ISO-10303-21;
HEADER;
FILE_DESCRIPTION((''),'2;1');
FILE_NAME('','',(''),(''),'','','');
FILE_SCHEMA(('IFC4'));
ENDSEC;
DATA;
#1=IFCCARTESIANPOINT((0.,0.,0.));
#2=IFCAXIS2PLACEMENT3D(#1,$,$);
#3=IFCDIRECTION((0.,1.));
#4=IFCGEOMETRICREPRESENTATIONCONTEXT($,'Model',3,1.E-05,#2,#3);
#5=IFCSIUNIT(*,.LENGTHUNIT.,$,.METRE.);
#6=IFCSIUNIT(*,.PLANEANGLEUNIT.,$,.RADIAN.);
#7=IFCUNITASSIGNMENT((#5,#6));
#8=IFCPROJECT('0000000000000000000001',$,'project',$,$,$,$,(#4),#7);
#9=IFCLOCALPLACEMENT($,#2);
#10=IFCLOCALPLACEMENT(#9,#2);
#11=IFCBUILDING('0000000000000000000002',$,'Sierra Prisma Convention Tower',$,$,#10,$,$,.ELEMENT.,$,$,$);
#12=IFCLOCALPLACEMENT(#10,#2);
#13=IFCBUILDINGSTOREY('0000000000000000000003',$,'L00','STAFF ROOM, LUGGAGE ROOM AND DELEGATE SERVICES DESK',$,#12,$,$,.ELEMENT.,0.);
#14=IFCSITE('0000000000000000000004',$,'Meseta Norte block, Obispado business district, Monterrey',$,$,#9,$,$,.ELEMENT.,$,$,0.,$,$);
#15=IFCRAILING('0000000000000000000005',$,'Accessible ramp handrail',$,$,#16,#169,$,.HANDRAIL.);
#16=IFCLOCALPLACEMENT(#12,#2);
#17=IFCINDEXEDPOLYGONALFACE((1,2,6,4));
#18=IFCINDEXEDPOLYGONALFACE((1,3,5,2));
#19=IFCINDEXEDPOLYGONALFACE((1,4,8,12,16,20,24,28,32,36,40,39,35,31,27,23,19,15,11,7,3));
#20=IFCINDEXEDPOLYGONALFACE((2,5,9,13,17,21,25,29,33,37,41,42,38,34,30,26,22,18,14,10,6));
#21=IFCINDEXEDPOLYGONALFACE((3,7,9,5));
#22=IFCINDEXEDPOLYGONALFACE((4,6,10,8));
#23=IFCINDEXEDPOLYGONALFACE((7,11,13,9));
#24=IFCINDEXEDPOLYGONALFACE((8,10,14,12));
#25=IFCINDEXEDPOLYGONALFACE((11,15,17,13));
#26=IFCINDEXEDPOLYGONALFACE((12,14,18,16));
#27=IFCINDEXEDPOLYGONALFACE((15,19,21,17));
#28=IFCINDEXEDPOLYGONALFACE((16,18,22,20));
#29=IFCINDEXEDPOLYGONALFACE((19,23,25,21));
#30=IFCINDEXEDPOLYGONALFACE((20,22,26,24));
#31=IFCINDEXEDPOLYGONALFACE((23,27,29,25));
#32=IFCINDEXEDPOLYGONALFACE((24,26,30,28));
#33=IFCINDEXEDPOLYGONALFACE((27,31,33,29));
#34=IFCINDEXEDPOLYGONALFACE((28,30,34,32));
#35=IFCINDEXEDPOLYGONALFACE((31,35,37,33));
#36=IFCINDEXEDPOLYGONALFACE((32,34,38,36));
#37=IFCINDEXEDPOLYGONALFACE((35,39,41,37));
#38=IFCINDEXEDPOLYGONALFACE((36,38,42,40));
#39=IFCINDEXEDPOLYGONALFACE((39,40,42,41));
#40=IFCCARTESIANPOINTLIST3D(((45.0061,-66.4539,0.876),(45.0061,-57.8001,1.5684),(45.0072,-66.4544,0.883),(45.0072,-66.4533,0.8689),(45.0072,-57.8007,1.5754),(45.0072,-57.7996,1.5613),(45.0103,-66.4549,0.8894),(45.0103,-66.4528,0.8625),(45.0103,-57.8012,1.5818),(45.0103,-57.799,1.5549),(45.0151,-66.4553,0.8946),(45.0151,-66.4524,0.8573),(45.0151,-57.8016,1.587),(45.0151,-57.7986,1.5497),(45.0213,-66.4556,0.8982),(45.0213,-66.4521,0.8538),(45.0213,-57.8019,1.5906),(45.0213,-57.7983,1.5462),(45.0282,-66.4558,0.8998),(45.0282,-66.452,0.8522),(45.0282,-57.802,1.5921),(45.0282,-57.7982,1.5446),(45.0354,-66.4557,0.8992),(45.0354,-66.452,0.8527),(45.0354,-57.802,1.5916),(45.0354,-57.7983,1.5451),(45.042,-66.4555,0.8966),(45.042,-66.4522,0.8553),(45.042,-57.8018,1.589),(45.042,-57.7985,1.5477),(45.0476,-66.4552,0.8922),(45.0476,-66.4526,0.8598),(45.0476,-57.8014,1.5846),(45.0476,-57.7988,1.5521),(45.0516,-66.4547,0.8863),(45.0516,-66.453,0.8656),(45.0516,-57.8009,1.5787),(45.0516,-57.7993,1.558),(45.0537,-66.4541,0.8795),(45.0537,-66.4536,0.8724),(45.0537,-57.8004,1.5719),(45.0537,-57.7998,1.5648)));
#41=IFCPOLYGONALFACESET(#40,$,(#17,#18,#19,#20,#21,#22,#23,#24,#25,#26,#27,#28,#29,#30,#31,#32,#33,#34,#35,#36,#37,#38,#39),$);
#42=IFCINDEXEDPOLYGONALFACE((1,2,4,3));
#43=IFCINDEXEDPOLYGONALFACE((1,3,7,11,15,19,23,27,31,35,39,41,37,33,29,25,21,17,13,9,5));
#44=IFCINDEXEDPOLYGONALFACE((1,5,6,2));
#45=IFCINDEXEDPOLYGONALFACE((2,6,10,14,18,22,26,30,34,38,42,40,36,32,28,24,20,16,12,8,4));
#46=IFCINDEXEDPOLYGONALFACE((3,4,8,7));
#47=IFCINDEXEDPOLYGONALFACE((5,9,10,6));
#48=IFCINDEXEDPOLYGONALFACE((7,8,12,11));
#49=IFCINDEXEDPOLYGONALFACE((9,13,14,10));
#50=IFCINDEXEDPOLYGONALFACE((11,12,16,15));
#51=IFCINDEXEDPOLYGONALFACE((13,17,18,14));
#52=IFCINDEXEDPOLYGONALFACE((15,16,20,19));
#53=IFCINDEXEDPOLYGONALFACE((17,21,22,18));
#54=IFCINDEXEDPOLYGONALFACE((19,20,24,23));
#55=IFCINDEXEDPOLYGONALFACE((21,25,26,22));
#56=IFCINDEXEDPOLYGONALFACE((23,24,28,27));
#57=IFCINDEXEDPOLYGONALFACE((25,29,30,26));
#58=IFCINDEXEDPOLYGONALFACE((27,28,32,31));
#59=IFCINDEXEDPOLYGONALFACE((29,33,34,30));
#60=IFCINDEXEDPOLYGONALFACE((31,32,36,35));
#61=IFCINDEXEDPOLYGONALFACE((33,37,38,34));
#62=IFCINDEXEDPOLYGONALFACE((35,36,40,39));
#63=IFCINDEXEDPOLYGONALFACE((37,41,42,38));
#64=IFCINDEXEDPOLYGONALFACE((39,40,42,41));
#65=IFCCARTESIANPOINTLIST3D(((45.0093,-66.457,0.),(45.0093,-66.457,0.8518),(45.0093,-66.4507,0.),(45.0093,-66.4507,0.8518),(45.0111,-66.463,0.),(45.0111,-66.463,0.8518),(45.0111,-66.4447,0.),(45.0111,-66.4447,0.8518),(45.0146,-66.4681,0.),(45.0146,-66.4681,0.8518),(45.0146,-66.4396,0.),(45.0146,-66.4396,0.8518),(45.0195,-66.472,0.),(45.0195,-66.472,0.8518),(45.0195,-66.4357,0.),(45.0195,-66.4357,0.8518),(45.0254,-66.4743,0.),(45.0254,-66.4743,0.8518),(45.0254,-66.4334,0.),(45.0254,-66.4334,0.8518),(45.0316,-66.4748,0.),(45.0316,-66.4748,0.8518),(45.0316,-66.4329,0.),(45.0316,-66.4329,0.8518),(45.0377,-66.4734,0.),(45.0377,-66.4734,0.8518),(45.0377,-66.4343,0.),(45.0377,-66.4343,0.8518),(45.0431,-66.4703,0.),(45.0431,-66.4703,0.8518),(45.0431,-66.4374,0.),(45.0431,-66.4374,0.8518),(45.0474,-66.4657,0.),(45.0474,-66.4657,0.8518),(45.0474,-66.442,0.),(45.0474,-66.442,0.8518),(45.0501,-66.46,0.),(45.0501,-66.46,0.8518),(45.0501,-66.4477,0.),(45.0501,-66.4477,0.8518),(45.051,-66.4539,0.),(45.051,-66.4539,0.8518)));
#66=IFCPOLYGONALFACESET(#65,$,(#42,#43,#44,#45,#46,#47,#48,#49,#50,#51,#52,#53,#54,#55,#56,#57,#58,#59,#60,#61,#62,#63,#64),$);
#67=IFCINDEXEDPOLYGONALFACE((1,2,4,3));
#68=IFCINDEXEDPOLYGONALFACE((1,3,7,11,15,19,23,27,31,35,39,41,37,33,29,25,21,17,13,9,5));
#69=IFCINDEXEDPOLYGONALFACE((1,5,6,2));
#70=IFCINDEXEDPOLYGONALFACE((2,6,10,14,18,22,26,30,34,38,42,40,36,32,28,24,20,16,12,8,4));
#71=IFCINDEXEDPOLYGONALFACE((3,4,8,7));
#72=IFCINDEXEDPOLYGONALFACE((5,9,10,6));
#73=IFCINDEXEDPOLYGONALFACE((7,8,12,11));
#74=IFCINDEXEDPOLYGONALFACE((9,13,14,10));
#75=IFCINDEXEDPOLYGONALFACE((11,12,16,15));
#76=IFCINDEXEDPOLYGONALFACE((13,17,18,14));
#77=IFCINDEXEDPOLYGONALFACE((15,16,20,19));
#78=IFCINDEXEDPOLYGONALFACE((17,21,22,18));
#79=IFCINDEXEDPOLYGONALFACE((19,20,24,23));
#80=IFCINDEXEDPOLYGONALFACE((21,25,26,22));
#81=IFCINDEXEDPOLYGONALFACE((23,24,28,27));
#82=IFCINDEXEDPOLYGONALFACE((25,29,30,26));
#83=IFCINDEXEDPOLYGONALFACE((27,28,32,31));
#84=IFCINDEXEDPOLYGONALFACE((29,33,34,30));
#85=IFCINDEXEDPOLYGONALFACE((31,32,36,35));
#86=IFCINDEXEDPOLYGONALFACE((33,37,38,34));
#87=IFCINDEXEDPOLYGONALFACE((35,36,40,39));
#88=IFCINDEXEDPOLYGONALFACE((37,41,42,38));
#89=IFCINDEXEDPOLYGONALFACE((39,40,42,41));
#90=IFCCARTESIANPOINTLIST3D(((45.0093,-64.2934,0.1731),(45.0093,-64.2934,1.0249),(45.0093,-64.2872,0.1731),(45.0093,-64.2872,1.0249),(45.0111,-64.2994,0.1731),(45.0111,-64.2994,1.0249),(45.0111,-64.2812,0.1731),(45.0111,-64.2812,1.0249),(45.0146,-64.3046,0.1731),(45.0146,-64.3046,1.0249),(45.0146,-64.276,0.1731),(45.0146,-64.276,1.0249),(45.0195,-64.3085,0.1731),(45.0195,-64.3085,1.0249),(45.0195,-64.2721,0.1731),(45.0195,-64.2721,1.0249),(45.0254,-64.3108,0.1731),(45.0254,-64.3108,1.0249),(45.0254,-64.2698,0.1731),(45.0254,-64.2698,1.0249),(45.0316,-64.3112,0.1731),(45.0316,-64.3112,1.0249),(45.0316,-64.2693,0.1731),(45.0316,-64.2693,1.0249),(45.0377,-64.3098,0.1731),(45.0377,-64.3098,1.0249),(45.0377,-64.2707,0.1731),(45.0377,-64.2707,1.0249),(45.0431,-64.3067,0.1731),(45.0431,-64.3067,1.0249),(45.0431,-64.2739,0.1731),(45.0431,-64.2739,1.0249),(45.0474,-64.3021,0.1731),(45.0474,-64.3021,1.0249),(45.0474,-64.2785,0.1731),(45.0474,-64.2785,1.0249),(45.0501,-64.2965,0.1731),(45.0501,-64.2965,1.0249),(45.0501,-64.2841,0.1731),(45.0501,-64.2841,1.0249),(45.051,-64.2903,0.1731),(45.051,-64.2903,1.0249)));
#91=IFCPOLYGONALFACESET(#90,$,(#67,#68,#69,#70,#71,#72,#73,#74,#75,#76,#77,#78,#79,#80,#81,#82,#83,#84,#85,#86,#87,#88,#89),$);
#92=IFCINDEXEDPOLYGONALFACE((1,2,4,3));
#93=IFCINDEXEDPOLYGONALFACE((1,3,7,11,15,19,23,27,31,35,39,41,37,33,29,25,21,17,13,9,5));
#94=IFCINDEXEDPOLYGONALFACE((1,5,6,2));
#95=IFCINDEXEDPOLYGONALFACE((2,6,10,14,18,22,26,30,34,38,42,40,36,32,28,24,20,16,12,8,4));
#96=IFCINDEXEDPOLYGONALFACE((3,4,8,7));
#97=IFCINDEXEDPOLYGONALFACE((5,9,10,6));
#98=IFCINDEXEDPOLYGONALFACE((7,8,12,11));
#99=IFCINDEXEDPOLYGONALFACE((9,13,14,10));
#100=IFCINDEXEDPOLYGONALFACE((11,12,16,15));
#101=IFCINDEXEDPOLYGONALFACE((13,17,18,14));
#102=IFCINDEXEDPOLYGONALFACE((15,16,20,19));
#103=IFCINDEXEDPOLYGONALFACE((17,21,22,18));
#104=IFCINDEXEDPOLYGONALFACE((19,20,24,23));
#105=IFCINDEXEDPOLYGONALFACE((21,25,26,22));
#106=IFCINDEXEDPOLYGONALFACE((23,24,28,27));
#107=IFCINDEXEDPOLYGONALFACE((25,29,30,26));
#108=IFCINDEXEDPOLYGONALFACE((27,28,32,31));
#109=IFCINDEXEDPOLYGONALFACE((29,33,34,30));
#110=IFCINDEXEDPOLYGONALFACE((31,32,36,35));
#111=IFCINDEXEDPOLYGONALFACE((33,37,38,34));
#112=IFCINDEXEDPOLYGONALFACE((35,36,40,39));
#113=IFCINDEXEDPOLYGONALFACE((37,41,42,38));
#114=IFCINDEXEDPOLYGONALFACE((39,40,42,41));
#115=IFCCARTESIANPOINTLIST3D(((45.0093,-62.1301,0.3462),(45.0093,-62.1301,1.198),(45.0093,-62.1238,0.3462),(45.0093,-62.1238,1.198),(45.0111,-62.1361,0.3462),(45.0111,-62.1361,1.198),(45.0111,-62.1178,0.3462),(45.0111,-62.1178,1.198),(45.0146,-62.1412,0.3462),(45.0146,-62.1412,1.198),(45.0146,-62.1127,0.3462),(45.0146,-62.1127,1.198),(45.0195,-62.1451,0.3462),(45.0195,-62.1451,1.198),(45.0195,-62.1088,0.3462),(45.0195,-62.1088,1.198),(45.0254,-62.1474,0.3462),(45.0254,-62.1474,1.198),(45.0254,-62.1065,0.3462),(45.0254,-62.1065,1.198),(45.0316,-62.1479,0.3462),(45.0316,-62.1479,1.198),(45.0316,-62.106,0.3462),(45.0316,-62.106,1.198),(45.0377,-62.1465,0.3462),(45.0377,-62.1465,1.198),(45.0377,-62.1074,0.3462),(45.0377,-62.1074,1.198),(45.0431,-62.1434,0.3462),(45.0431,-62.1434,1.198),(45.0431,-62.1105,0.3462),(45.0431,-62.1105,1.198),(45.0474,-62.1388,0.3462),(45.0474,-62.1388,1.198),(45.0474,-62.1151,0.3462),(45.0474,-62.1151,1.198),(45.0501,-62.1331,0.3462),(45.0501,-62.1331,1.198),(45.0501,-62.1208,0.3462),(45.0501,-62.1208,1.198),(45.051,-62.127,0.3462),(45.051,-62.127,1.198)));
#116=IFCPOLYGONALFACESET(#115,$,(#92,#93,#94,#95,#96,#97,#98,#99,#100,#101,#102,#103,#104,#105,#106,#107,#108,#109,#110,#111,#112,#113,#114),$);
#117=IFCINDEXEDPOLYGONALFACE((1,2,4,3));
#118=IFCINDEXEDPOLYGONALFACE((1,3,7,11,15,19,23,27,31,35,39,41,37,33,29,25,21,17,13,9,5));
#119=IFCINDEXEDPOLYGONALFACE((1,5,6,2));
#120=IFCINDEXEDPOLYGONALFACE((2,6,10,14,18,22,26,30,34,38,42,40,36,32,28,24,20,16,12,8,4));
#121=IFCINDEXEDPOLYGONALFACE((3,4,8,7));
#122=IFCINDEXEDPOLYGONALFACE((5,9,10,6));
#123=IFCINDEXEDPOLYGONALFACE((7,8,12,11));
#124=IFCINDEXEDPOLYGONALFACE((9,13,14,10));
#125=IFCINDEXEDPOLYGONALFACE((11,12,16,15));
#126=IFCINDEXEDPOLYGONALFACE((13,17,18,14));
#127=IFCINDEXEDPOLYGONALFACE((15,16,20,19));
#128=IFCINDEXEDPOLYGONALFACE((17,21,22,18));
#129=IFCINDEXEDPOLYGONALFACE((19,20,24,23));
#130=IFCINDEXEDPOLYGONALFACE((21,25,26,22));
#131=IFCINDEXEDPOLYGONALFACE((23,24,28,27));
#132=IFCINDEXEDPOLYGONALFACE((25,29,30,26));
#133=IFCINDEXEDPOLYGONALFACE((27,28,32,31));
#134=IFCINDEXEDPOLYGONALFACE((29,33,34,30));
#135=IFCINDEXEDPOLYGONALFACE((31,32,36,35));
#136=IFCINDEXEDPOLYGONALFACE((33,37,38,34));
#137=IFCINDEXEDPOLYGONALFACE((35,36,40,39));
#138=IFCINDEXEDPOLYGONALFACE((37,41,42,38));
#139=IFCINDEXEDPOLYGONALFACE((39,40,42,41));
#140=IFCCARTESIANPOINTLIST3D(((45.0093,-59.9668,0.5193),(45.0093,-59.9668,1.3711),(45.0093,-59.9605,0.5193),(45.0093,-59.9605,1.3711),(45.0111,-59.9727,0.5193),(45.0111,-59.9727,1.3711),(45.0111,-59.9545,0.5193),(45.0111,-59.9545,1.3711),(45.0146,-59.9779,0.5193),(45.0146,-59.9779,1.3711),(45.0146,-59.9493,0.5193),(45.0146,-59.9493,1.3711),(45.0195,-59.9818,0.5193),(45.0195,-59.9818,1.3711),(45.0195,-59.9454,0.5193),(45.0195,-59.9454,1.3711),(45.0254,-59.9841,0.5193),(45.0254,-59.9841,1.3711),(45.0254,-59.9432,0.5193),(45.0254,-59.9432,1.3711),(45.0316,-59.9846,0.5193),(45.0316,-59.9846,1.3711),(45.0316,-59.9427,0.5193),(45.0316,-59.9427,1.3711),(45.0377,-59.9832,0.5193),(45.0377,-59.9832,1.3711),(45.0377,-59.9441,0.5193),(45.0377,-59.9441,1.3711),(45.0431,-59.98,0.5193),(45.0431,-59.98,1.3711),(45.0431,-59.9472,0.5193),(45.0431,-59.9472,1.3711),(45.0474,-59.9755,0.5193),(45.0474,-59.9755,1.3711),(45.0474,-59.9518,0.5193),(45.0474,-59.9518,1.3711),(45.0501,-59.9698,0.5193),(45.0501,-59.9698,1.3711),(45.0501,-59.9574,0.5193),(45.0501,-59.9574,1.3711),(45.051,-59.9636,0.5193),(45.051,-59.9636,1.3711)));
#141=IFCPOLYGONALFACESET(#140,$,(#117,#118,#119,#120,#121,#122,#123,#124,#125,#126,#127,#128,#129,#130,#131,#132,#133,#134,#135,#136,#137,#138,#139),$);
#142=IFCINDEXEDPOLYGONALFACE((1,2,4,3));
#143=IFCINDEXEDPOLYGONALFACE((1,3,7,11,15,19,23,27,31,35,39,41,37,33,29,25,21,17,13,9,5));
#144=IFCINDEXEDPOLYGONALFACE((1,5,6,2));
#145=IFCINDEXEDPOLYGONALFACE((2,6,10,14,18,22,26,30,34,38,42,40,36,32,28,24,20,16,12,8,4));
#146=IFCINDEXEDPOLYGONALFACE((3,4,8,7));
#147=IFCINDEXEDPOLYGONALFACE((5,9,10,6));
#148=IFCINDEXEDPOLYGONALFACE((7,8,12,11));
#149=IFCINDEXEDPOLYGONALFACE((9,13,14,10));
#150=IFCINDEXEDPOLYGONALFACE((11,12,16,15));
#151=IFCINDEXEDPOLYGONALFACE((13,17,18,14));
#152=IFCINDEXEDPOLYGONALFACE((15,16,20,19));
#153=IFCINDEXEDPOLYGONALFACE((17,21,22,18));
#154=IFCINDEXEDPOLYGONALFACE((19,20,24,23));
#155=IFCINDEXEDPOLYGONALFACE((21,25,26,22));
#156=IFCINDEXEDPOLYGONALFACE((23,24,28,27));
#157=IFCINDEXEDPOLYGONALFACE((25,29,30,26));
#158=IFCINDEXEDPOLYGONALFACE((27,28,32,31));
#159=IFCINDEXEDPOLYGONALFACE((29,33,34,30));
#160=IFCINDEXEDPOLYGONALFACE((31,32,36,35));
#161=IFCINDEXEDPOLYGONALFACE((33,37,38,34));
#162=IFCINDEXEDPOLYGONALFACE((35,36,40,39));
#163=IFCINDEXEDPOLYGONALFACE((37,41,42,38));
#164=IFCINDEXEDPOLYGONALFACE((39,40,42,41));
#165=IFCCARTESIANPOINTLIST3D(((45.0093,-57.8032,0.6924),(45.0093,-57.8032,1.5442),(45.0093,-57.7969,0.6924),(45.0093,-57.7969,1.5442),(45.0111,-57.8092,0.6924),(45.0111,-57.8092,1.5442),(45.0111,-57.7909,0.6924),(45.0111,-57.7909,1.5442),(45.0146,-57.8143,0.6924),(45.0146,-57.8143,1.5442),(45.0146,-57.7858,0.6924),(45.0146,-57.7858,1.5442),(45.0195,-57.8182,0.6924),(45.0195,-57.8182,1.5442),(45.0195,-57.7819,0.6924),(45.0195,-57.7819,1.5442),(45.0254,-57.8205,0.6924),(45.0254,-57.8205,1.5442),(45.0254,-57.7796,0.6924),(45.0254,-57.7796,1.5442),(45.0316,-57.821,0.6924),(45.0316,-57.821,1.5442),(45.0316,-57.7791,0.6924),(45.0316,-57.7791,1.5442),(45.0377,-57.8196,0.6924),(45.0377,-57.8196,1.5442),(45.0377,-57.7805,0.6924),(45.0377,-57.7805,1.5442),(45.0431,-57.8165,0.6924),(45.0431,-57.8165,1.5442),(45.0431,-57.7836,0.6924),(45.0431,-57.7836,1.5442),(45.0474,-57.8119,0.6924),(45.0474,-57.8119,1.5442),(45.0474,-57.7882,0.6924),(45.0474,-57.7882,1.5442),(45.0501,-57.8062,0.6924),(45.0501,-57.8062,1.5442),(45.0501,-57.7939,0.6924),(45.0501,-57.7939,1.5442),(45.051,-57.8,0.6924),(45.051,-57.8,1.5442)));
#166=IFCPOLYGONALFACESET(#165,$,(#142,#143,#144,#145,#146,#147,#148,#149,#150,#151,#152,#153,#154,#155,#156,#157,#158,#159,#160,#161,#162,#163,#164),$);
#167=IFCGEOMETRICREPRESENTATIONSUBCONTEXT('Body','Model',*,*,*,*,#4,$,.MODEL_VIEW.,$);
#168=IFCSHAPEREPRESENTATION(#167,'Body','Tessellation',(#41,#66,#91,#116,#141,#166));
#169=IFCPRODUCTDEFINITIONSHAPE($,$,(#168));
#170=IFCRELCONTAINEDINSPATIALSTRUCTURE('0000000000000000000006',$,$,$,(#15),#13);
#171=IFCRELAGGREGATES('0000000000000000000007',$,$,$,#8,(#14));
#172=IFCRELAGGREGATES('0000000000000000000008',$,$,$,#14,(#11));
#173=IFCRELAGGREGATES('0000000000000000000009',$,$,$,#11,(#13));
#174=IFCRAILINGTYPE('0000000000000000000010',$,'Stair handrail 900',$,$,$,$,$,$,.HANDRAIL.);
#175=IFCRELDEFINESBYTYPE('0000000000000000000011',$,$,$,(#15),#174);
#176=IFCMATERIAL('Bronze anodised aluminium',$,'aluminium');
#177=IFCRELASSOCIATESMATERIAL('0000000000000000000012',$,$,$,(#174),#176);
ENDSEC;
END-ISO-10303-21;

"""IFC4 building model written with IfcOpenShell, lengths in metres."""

from ifc_helpers import new_model, si_unit, direction, frame, origin, origin_2d, place, context, subcontext, project, spatial, circle, extrude, material, type_object, element, save


model = new_model("IFC4")

# Units and contexts
model_context = context("Model", 3, precision=1e-05, world=origin(), true_north=direction((0.0, 1.0)))
body_context = subcontext(model_context, "Body", "Model", "MODEL_VIEW")
ifc_project = project(units=[si_unit("LENGTHUNIT", "METRE"), si_unit("PLANEANGLEUNIT", "RADIAN")], contexts=[model_context])

# Site, building, storey
site_placement = place(None, origin())
site = spatial("IfcSite", under=ifc_project, at=site_placement, Name="Meseta Norte block, Obispado business district, Monterrey", CompositionType="ELEMENT", RefElevation=0.0)
building_placement = place(site_placement, origin())
building = spatial("IfcBuilding", under=site, at=building_placement, Name="Sierra Prisma Convention Tower", CompositionType="ELEMENT")
storey_placement = place(building_placement, origin())
storey = spatial("IfcBuildingStorey", under=building, at=storey_placement, Name="L00", Description="STAFF ROOM, LUGGAGE ROOM AND DELEGATE SERVICES DESK", CompositionType="ELEMENT", Elevation=0.0)

# Railing
ifc_material_1 = material(Name="Bronze anodised aluminium", Category="aluminium")
railing_type_1 = type_object("IfcRailingType", Name="Stair handrail 900", PredefinedType="HANDRAIL", material=ifc_material_1)
for number, where, name in (
    (1, (45.03, -66.4539, 0.0), "Accessible ramp handrail"),
):
    element("IfcRailing", number, at=place(storey_placement, frame(where)), inside=storey, type_object=railing_type_1, Name=name, PredefinedType="HANDRAIL", context=body_context, shape_type="SweptSolid", body=[
        extrude(circle(Radius=0.0239, at=origin_2d()), frame((0.0, 0.0, 0.876), z_axis=(0.0, 0.996815, 0.079754), x_axis=(-1.0, 0.0, 0.0)), (0.0, 0.0, 1.0), 8.6814),
        extrude(circle(Radius=0.021, at=origin_2d()), origin(), (0.0, 0.0, 1.0), 0.8518),
        extrude(circle(Radius=0.021, at=origin_2d()), frame((0.0, 2.1636, 0.1731)), (0.0, 0.0, 1.0), 0.8518),
        extrude(circle(Radius=0.021, at=origin_2d()), frame((0.0, 4.3269, 0.3462)), (0.0, 0.0, 1.0), 0.8518),
        extrude(circle(Radius=0.021, at=origin_2d()), frame((0.0, 6.4902, 0.5193)), (0.0, 0.0, 1.0), 0.8518),
        extrude(circle(Radius=0.021, at=origin_2d()), frame((0.0, 8.6538, 0.6924)), (0.0, 0.0, 1.0), 0.8518),
    ])

save(model, "model.ifc")
